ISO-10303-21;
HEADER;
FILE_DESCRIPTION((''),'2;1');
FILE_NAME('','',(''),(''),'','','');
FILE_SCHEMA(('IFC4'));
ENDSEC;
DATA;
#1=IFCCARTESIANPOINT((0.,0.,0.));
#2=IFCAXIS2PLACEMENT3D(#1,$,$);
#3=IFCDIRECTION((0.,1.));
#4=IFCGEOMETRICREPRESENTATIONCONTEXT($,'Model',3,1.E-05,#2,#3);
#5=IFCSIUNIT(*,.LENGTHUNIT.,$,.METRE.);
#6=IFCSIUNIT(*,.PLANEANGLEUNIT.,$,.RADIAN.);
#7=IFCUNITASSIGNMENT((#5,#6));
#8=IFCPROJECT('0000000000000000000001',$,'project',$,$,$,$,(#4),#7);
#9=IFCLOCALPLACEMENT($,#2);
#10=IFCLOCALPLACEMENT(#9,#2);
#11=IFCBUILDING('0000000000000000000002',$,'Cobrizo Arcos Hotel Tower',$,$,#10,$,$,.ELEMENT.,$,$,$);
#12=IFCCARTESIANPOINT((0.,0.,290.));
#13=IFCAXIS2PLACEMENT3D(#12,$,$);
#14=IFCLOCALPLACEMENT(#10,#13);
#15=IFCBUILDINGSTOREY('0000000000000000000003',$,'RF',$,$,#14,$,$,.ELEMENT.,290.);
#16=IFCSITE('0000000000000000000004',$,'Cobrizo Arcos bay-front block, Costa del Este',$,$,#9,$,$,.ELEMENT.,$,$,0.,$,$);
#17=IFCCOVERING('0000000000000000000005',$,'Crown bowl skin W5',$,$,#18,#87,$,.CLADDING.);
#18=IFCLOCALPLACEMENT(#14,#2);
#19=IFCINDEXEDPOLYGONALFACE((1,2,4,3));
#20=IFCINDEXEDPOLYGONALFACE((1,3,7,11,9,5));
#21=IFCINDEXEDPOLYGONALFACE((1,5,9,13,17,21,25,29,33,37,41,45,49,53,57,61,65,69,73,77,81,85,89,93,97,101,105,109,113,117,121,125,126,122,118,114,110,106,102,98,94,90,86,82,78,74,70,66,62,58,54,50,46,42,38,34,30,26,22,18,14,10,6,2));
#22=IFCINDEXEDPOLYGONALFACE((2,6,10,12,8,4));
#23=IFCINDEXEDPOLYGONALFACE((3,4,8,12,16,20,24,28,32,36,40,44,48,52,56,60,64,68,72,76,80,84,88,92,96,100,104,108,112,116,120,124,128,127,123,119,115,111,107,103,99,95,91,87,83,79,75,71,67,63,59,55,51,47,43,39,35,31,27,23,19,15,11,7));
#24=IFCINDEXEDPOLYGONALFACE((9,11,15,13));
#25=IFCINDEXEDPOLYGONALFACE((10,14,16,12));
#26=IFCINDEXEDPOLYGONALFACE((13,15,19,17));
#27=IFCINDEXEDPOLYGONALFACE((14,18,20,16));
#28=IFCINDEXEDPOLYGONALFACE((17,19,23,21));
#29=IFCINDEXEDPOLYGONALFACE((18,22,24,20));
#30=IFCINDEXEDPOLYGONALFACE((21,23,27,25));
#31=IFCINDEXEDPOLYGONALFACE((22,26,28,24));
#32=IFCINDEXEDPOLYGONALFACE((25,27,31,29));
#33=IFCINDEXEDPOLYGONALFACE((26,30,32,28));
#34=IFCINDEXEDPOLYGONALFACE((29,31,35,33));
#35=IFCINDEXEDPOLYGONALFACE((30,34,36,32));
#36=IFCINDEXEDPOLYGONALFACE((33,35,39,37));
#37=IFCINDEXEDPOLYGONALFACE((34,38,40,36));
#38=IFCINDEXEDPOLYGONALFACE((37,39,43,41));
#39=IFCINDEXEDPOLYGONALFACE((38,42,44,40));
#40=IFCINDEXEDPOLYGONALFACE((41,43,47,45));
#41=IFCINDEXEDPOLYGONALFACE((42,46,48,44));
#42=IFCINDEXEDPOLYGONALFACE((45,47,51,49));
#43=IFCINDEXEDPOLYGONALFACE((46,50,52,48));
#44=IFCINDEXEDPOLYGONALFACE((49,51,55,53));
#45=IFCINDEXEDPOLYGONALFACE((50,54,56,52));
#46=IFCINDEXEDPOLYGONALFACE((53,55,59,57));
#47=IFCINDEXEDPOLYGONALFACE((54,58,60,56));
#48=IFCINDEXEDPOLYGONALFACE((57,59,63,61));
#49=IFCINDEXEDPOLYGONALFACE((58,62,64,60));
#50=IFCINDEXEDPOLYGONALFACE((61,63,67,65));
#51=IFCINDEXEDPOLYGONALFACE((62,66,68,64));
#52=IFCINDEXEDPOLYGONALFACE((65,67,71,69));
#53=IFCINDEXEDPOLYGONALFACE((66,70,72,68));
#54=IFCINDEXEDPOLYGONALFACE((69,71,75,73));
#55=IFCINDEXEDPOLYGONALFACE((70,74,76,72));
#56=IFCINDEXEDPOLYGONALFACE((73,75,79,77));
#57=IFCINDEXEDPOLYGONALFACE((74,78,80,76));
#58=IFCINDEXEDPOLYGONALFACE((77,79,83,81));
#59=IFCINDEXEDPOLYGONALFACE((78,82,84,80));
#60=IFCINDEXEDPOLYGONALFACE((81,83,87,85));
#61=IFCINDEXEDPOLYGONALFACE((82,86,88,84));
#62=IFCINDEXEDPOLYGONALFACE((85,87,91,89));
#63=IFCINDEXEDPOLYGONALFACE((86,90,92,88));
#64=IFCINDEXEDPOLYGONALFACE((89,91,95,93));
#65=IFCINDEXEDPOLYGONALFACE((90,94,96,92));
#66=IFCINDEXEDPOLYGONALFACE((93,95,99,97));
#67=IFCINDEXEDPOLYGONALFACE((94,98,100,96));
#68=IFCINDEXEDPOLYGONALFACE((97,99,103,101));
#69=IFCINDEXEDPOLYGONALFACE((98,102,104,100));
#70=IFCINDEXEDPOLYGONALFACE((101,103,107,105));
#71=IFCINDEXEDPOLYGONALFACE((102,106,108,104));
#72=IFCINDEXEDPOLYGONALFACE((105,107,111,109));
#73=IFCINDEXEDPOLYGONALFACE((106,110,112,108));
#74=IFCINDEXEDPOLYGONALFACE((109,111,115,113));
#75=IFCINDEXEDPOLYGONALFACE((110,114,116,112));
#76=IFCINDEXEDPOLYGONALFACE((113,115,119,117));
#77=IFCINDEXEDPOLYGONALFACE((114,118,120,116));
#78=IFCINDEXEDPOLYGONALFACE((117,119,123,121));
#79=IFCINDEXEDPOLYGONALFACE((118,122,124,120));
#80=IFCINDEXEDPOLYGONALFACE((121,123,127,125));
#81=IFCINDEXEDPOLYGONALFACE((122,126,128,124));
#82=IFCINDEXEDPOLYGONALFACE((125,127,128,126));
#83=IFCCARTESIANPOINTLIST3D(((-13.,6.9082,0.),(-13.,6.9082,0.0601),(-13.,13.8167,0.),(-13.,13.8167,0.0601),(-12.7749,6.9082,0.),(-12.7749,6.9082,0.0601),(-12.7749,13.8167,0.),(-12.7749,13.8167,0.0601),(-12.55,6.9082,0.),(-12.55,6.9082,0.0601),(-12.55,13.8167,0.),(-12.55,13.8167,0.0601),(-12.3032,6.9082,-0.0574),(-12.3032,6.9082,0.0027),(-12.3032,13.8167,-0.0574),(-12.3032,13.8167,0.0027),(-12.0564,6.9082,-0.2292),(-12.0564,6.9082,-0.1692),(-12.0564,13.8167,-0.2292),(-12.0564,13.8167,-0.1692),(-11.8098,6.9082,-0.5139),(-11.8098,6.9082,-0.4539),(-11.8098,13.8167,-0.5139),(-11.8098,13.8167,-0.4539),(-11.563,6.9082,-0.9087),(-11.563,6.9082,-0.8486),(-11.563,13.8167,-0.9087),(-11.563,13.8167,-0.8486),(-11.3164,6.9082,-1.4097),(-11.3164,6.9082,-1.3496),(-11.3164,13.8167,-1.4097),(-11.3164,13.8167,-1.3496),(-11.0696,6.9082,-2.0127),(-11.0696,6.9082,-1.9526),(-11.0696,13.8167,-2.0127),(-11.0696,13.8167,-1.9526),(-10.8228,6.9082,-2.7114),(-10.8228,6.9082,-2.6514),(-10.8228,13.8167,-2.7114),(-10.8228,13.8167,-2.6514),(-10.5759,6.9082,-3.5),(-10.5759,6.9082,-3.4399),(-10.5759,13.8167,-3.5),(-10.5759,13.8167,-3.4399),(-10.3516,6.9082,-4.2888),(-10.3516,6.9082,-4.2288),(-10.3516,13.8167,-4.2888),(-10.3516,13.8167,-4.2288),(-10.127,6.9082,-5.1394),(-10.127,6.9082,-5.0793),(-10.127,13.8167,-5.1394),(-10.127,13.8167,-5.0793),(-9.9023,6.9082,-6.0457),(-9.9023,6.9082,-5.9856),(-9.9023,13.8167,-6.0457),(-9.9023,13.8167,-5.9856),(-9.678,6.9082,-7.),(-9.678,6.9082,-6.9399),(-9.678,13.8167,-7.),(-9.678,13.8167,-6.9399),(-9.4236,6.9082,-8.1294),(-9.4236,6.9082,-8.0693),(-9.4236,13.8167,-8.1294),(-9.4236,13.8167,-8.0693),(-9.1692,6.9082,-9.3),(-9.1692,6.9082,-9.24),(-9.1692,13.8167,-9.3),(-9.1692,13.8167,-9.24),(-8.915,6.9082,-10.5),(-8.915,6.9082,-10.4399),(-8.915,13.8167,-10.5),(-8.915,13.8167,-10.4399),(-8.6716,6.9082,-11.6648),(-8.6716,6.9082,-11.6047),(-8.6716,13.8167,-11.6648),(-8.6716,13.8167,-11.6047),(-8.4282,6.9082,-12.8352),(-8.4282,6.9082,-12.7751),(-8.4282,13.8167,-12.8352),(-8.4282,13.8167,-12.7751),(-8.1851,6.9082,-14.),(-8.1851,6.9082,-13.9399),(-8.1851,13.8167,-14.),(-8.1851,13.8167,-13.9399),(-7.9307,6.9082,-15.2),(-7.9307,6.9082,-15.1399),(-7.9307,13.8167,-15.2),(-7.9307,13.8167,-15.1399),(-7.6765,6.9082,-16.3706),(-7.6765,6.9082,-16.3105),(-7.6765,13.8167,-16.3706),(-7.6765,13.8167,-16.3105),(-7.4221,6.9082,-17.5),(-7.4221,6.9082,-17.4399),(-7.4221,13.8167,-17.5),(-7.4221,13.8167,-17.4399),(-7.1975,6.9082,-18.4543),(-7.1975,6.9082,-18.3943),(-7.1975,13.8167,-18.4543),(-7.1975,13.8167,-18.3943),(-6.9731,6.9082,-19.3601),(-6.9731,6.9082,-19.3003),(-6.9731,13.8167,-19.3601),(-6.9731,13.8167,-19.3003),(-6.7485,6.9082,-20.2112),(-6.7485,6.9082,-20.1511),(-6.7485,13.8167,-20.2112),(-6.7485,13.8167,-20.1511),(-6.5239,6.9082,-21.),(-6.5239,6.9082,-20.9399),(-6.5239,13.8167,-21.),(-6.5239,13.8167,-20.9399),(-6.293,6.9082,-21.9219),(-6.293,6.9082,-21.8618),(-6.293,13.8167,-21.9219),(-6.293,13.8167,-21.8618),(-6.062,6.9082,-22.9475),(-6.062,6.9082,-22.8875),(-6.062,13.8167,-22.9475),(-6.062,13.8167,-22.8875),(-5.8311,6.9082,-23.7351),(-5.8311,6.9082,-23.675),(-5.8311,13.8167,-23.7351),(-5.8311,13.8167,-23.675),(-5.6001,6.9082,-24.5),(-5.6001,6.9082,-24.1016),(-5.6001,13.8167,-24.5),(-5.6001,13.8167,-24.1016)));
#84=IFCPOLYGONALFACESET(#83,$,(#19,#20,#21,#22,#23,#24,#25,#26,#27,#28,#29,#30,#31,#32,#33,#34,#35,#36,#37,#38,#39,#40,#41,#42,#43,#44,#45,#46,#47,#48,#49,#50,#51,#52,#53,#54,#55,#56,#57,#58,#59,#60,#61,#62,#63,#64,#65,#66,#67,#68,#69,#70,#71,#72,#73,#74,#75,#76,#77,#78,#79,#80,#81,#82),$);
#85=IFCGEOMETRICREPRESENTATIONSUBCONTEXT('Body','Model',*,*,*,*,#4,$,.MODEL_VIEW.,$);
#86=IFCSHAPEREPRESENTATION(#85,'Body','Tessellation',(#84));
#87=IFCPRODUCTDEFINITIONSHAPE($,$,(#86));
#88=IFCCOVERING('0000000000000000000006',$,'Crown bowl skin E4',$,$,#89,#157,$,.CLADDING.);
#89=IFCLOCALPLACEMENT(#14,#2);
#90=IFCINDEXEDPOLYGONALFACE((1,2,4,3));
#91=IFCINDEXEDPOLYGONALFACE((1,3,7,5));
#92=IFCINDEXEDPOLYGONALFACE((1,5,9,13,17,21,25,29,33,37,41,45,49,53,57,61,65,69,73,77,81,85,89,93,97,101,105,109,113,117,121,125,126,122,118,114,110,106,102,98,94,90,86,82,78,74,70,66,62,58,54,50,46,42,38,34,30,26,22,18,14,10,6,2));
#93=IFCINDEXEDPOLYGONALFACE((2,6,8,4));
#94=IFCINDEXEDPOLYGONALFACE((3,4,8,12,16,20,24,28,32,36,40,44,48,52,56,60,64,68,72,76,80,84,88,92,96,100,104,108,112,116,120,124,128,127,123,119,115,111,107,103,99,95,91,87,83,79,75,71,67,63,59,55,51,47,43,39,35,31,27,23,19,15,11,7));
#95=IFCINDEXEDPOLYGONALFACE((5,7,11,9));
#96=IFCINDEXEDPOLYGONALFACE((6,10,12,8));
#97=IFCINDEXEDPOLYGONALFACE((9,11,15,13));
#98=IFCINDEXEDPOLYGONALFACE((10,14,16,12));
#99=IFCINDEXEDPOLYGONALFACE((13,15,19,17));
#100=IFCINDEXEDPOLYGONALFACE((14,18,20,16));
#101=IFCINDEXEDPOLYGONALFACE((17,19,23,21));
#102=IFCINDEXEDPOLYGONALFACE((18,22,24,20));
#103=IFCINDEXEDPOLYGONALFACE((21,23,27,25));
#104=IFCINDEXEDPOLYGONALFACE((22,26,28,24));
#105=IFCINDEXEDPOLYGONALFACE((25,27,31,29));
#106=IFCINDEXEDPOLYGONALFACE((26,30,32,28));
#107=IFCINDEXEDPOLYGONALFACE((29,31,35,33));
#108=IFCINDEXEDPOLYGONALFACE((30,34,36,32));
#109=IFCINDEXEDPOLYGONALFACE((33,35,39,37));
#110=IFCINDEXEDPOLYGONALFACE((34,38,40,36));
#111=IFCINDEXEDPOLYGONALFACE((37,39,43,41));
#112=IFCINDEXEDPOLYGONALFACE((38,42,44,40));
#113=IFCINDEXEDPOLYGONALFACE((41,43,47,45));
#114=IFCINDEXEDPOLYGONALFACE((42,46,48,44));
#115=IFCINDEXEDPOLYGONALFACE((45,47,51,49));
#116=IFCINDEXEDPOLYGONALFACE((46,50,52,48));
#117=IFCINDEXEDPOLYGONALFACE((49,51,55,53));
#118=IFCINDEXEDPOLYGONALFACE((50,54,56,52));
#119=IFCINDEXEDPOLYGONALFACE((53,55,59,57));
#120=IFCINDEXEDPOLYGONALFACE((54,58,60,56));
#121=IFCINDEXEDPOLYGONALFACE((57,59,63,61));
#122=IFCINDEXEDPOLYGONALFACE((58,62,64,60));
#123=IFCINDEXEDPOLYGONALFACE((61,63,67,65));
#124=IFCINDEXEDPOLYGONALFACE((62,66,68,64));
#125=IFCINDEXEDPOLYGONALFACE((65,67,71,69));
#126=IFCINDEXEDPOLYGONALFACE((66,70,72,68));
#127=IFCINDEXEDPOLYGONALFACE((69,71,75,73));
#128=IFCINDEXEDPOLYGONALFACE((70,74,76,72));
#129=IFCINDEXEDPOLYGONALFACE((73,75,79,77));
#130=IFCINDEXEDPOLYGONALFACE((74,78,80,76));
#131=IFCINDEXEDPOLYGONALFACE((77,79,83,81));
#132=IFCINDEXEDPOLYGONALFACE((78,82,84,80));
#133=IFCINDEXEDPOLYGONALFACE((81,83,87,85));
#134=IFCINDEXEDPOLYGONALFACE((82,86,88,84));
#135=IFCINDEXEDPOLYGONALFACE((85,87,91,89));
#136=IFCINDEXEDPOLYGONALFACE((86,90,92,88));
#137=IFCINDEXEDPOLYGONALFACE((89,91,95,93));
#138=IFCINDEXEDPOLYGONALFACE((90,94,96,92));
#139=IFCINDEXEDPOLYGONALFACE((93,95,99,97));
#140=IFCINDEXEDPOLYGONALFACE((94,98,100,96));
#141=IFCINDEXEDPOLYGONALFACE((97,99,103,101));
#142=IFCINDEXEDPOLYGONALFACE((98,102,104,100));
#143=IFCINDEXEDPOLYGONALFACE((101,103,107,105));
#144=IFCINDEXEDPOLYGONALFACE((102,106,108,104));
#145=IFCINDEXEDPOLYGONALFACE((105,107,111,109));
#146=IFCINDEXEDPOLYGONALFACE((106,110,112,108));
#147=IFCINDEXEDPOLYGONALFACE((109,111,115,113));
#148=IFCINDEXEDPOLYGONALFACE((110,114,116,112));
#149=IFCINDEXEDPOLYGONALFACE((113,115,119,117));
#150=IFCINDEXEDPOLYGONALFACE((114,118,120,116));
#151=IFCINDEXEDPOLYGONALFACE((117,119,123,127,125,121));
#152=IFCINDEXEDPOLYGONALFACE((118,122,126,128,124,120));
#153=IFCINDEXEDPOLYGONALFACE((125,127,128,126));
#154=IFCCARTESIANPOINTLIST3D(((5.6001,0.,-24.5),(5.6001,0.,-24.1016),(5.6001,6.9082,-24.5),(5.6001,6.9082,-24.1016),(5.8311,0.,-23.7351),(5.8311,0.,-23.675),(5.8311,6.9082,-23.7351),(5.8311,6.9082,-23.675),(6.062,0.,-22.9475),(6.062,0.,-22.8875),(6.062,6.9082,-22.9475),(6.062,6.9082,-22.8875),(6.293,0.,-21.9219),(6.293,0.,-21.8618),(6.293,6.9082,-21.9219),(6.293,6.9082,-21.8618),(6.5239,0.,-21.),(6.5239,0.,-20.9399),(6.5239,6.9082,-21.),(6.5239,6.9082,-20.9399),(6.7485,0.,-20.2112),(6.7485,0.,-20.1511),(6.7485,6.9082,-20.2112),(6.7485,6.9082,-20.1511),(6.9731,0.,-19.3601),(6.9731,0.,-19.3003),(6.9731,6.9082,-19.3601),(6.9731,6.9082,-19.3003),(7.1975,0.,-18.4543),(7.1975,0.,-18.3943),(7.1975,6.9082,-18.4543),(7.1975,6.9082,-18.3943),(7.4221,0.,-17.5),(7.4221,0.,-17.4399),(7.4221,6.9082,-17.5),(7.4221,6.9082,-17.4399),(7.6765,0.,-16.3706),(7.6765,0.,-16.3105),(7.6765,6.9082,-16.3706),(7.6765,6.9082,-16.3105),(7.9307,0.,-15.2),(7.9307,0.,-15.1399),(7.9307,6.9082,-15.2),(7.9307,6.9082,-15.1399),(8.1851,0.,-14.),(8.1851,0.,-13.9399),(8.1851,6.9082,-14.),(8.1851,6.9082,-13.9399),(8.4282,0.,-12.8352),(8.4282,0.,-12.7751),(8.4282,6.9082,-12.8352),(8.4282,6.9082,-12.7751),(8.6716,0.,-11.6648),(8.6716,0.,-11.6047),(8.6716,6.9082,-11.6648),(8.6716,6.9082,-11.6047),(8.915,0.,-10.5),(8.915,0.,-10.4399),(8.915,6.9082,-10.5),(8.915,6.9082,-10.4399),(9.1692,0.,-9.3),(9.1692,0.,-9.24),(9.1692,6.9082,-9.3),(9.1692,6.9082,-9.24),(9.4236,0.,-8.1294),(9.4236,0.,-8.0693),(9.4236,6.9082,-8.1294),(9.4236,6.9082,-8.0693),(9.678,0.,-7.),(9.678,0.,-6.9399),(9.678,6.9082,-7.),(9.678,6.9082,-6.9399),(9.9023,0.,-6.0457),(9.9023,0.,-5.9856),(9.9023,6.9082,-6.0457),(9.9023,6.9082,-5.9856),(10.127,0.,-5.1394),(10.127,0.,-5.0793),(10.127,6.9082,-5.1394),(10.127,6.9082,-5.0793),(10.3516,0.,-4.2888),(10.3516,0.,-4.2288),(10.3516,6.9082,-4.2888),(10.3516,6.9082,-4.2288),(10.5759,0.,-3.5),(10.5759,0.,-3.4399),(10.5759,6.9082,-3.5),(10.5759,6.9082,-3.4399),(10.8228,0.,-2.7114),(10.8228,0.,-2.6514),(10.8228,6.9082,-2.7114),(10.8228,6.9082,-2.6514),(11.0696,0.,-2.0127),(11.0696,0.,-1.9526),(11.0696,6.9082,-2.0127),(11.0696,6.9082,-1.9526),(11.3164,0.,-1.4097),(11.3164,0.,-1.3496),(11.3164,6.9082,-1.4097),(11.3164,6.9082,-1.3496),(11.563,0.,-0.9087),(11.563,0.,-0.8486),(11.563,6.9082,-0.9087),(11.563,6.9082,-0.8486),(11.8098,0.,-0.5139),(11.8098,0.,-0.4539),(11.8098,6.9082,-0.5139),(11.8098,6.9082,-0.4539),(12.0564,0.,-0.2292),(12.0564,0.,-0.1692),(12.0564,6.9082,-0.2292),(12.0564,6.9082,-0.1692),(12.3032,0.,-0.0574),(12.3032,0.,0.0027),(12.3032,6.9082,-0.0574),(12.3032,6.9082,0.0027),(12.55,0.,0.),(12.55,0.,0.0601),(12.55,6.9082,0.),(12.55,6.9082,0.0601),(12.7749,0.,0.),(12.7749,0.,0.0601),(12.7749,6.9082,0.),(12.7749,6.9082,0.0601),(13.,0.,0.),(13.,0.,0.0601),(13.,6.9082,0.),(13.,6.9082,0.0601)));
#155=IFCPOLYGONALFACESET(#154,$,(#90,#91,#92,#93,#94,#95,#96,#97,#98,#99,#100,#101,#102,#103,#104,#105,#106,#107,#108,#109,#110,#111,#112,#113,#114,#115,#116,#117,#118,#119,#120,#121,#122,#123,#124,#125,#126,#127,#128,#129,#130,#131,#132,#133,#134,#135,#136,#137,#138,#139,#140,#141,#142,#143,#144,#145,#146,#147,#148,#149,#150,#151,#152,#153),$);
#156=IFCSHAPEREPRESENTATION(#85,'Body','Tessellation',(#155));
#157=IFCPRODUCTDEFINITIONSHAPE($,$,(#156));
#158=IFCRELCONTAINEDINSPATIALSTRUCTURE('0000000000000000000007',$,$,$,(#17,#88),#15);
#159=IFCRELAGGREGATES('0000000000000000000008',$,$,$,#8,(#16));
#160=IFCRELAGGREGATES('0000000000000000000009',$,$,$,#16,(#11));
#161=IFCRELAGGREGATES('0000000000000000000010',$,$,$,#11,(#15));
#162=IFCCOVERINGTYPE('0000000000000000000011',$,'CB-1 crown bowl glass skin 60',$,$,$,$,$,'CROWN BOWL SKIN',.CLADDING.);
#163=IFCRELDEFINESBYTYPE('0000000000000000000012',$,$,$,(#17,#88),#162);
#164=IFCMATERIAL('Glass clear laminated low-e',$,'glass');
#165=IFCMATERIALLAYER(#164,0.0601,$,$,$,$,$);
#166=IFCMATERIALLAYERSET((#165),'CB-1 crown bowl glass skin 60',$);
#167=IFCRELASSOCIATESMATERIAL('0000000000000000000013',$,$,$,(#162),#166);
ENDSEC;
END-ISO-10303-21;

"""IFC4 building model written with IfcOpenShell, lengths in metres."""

from ifc_helpers import new_model, si_unit, direction, frame, origin, place, context, subcontext, project, spatial, polyline, outline, extrude, material, layer, layer_set, type_object, element, save


model = new_model("IFC4")

# Units and contexts
model_context = context("Model", 3, precision=1e-05, world=origin(), true_north=direction((0.0, 1.0)))
body_context = subcontext(model_context, "Body", "Model", "MODEL_VIEW")
ifc_project = project(units=[si_unit("LENGTHUNIT", "METRE"), si_unit("PLANEANGLEUNIT", "RADIAN")], contexts=[model_context])

# Site, building, storey
site_placement = place(None, origin())
site = spatial("IfcSite", under=ifc_project, at=site_placement, Name="Cobrizo Arcos bay-front block, Costa del Este", CompositionType="ELEMENT", RefElevation=0.0)
building_placement = place(site_placement, origin())
building = spatial("IfcBuilding", under=site, at=building_placement, Name="Cobrizo Arcos Hotel Tower", CompositionType="ELEMENT")
storey_placement = place(building_placement, frame((0.0, 0.0, 290.0)))
storey = spatial("IfcBuildingStorey", under=building, at=storey_placement, Name="RF", CompositionType="ELEMENT", Elevation=290.0)

# Shared definitions
ifc_material_1 = material(Name="Glass clear laminated low-e", Category="glass")

# Coverings
ifc_layer_1 = layer(ifc_material_1, 0.0601)
ifc_layer_set_1 = layer_set([ifc_layer_1], Name="CB-1 crown bowl glass skin 60")
covering_type_1 = type_object("IfcCoveringType", Name="CB-1 crown bowl glass skin 60", ElementType="CROWN BOWL SKIN", PredefinedType="CLADDING", material=ifc_layer_set_1)
covering_1_placement = place(storey_placement, frame((0.0, 6.9082, -24.5), z_axis=(0.0, 1.0, 0.0), x_axis=(-1.0, 0.0, 0.0)))
element("IfcCovering", 1, at=covering_1_placement, inside=storey, type_object=covering_type_1, Name="Crown bowl skin W5", PredefinedType="CLADDING", context=body_context, shape_type="SweptSolid", body=[
    extrude(outline(polyline([(5.8311, 0.7649), (6.062, 1.5525), (6.293, 2.5781), (6.5239, 3.5), (6.7485, 4.2888), (6.9731, 5.1399), (7.1975, 6.0457), (7.4221, 7.0), (7.6765, 8.1294), (7.9307, 9.3), (8.1851, 10.5), (8.4282, 11.6648), (8.6716, 12.8352), (8.915, 14.0), (9.1692, 15.2), (9.4236, 16.3706), (9.678, 17.5), (9.9023, 18.4543), (10.127, 19.3606), (10.3516, 20.2112), (10.5759, 21.0), (10.8228, 21.7886), (11.0696, 22.4873), (11.3164, 23.0903), (11.563, 23.5913), (11.8098, 23.9861), (12.0564, 24.2708), (12.3032, 24.4426), (12.55, 24.5), (12.7749, 24.5), (13.0, 24.5), (13.0, 24.5601), (12.7749, 24.5601), (12.55, 24.5601), (12.3032, 24.5027), (12.0564, 24.3308), (11.8098, 24.0461), (11.563, 23.6514), (11.3164, 23.1504), (11.0696, 22.5474), (10.8228, 21.8486), (10.5759, 21.0601), (10.3516, 20.2712), (10.127, 19.4207), (9.9023, 18.5144), (9.678, 17.5601), (9.4236, 16.4307), (9.1692, 15.26), (8.915, 14.0601), (8.6716, 12.8953), (8.4282, 11.7249), (8.1851, 10.5601), (7.9307, 9.3601), (7.6765, 8.1895), (7.4221, 7.0601), (7.1975, 6.1057), (6.9731, 5.1997), (6.7485, 4.3489), (6.5239, 3.5601), (6.293, 2.6382), (6.062, 1.6125), (5.8311, 0.825), (5.6001, 0.3984), (5.6001, 0.0), (5.8311, 0.7649)])), origin(), (0.0, 0.0, 1.0), 6.9084),
])
covering_2_placement = place(storey_placement, frame((0.0, 0.0, -24.5), z_axis=(0.0, 1.0, 0.0), x_axis=(-1.0, 0.0, 0.0)))
element("IfcCovering", 2, at=covering_2_placement, inside=storey, type_object=covering_type_1, Name="Crown bowl skin E4", PredefinedType="CLADDING", context=body_context, shape_type="SweptSolid", body=[
    extrude(outline(polyline([(-5.6001, 0.0), (-5.6001, 0.3984), (-5.8311, 0.825), (-6.062, 1.6125), (-6.293, 2.6382), (-6.5239, 3.5601), (-6.7485, 4.3489), (-6.9731, 5.1997), (-7.1975, 6.1057), (-7.4221, 7.0601), (-7.6765, 8.1895), (-7.9307, 9.3601), (-8.1851, 10.5601), (-8.4282, 11.7249), (-8.6716, 12.8953), (-8.915, 14.0601), (-9.1692, 15.26), (-9.4236, 16.4307), (-9.678, 17.5601), (-9.9023, 18.5144), (-10.127, 19.4207), (-10.3516, 20.2712), (-10.5759, 21.0601), (-10.8228, 21.8486), (-11.0696, 22.5474), (-11.3164, 23.1504), (-11.563, 23.6514), (-11.8098, 24.0461), (-12.0564, 24.3308), (-12.3032, 24.5027), (-12.55, 24.5601), (-12.7749, 24.5601), (-13.0, 24.5601), (-13.0, 24.5), (-12.7749, 24.5), (-12.55, 24.5), (-12.3032, 24.4426), (-12.0564, 24.2708), (-11.8098, 23.9861), (-11.563, 23.5913), (-11.3164, 23.0903), (-11.0696, 22.4873), (-10.8228, 21.7886), (-10.5759, 21.0), (-10.3516, 20.2112), (-10.127, 19.3606), (-9.9023, 18.4543), (-9.678, 17.5), (-9.4236, 16.3706), (-9.1692, 15.2), (-8.915, 14.0), (-8.6716, 12.8352), (-8.4282, 11.6648), (-8.1851, 10.5), (-7.9307, 9.3), (-7.6765, 8.1294), (-7.4221, 7.0), (-7.1975, 6.0457), (-6.9731, 5.1399), (-6.7485, 4.2888), (-6.5239, 3.5), (-6.293, 2.5781), (-6.062, 1.5525), (-5.8311, 0.7649), (-5.6001, 0.0)])), origin(), (0.0, 0.0, 1.0), 6.9082),
])

save(model, "model.ifc")
